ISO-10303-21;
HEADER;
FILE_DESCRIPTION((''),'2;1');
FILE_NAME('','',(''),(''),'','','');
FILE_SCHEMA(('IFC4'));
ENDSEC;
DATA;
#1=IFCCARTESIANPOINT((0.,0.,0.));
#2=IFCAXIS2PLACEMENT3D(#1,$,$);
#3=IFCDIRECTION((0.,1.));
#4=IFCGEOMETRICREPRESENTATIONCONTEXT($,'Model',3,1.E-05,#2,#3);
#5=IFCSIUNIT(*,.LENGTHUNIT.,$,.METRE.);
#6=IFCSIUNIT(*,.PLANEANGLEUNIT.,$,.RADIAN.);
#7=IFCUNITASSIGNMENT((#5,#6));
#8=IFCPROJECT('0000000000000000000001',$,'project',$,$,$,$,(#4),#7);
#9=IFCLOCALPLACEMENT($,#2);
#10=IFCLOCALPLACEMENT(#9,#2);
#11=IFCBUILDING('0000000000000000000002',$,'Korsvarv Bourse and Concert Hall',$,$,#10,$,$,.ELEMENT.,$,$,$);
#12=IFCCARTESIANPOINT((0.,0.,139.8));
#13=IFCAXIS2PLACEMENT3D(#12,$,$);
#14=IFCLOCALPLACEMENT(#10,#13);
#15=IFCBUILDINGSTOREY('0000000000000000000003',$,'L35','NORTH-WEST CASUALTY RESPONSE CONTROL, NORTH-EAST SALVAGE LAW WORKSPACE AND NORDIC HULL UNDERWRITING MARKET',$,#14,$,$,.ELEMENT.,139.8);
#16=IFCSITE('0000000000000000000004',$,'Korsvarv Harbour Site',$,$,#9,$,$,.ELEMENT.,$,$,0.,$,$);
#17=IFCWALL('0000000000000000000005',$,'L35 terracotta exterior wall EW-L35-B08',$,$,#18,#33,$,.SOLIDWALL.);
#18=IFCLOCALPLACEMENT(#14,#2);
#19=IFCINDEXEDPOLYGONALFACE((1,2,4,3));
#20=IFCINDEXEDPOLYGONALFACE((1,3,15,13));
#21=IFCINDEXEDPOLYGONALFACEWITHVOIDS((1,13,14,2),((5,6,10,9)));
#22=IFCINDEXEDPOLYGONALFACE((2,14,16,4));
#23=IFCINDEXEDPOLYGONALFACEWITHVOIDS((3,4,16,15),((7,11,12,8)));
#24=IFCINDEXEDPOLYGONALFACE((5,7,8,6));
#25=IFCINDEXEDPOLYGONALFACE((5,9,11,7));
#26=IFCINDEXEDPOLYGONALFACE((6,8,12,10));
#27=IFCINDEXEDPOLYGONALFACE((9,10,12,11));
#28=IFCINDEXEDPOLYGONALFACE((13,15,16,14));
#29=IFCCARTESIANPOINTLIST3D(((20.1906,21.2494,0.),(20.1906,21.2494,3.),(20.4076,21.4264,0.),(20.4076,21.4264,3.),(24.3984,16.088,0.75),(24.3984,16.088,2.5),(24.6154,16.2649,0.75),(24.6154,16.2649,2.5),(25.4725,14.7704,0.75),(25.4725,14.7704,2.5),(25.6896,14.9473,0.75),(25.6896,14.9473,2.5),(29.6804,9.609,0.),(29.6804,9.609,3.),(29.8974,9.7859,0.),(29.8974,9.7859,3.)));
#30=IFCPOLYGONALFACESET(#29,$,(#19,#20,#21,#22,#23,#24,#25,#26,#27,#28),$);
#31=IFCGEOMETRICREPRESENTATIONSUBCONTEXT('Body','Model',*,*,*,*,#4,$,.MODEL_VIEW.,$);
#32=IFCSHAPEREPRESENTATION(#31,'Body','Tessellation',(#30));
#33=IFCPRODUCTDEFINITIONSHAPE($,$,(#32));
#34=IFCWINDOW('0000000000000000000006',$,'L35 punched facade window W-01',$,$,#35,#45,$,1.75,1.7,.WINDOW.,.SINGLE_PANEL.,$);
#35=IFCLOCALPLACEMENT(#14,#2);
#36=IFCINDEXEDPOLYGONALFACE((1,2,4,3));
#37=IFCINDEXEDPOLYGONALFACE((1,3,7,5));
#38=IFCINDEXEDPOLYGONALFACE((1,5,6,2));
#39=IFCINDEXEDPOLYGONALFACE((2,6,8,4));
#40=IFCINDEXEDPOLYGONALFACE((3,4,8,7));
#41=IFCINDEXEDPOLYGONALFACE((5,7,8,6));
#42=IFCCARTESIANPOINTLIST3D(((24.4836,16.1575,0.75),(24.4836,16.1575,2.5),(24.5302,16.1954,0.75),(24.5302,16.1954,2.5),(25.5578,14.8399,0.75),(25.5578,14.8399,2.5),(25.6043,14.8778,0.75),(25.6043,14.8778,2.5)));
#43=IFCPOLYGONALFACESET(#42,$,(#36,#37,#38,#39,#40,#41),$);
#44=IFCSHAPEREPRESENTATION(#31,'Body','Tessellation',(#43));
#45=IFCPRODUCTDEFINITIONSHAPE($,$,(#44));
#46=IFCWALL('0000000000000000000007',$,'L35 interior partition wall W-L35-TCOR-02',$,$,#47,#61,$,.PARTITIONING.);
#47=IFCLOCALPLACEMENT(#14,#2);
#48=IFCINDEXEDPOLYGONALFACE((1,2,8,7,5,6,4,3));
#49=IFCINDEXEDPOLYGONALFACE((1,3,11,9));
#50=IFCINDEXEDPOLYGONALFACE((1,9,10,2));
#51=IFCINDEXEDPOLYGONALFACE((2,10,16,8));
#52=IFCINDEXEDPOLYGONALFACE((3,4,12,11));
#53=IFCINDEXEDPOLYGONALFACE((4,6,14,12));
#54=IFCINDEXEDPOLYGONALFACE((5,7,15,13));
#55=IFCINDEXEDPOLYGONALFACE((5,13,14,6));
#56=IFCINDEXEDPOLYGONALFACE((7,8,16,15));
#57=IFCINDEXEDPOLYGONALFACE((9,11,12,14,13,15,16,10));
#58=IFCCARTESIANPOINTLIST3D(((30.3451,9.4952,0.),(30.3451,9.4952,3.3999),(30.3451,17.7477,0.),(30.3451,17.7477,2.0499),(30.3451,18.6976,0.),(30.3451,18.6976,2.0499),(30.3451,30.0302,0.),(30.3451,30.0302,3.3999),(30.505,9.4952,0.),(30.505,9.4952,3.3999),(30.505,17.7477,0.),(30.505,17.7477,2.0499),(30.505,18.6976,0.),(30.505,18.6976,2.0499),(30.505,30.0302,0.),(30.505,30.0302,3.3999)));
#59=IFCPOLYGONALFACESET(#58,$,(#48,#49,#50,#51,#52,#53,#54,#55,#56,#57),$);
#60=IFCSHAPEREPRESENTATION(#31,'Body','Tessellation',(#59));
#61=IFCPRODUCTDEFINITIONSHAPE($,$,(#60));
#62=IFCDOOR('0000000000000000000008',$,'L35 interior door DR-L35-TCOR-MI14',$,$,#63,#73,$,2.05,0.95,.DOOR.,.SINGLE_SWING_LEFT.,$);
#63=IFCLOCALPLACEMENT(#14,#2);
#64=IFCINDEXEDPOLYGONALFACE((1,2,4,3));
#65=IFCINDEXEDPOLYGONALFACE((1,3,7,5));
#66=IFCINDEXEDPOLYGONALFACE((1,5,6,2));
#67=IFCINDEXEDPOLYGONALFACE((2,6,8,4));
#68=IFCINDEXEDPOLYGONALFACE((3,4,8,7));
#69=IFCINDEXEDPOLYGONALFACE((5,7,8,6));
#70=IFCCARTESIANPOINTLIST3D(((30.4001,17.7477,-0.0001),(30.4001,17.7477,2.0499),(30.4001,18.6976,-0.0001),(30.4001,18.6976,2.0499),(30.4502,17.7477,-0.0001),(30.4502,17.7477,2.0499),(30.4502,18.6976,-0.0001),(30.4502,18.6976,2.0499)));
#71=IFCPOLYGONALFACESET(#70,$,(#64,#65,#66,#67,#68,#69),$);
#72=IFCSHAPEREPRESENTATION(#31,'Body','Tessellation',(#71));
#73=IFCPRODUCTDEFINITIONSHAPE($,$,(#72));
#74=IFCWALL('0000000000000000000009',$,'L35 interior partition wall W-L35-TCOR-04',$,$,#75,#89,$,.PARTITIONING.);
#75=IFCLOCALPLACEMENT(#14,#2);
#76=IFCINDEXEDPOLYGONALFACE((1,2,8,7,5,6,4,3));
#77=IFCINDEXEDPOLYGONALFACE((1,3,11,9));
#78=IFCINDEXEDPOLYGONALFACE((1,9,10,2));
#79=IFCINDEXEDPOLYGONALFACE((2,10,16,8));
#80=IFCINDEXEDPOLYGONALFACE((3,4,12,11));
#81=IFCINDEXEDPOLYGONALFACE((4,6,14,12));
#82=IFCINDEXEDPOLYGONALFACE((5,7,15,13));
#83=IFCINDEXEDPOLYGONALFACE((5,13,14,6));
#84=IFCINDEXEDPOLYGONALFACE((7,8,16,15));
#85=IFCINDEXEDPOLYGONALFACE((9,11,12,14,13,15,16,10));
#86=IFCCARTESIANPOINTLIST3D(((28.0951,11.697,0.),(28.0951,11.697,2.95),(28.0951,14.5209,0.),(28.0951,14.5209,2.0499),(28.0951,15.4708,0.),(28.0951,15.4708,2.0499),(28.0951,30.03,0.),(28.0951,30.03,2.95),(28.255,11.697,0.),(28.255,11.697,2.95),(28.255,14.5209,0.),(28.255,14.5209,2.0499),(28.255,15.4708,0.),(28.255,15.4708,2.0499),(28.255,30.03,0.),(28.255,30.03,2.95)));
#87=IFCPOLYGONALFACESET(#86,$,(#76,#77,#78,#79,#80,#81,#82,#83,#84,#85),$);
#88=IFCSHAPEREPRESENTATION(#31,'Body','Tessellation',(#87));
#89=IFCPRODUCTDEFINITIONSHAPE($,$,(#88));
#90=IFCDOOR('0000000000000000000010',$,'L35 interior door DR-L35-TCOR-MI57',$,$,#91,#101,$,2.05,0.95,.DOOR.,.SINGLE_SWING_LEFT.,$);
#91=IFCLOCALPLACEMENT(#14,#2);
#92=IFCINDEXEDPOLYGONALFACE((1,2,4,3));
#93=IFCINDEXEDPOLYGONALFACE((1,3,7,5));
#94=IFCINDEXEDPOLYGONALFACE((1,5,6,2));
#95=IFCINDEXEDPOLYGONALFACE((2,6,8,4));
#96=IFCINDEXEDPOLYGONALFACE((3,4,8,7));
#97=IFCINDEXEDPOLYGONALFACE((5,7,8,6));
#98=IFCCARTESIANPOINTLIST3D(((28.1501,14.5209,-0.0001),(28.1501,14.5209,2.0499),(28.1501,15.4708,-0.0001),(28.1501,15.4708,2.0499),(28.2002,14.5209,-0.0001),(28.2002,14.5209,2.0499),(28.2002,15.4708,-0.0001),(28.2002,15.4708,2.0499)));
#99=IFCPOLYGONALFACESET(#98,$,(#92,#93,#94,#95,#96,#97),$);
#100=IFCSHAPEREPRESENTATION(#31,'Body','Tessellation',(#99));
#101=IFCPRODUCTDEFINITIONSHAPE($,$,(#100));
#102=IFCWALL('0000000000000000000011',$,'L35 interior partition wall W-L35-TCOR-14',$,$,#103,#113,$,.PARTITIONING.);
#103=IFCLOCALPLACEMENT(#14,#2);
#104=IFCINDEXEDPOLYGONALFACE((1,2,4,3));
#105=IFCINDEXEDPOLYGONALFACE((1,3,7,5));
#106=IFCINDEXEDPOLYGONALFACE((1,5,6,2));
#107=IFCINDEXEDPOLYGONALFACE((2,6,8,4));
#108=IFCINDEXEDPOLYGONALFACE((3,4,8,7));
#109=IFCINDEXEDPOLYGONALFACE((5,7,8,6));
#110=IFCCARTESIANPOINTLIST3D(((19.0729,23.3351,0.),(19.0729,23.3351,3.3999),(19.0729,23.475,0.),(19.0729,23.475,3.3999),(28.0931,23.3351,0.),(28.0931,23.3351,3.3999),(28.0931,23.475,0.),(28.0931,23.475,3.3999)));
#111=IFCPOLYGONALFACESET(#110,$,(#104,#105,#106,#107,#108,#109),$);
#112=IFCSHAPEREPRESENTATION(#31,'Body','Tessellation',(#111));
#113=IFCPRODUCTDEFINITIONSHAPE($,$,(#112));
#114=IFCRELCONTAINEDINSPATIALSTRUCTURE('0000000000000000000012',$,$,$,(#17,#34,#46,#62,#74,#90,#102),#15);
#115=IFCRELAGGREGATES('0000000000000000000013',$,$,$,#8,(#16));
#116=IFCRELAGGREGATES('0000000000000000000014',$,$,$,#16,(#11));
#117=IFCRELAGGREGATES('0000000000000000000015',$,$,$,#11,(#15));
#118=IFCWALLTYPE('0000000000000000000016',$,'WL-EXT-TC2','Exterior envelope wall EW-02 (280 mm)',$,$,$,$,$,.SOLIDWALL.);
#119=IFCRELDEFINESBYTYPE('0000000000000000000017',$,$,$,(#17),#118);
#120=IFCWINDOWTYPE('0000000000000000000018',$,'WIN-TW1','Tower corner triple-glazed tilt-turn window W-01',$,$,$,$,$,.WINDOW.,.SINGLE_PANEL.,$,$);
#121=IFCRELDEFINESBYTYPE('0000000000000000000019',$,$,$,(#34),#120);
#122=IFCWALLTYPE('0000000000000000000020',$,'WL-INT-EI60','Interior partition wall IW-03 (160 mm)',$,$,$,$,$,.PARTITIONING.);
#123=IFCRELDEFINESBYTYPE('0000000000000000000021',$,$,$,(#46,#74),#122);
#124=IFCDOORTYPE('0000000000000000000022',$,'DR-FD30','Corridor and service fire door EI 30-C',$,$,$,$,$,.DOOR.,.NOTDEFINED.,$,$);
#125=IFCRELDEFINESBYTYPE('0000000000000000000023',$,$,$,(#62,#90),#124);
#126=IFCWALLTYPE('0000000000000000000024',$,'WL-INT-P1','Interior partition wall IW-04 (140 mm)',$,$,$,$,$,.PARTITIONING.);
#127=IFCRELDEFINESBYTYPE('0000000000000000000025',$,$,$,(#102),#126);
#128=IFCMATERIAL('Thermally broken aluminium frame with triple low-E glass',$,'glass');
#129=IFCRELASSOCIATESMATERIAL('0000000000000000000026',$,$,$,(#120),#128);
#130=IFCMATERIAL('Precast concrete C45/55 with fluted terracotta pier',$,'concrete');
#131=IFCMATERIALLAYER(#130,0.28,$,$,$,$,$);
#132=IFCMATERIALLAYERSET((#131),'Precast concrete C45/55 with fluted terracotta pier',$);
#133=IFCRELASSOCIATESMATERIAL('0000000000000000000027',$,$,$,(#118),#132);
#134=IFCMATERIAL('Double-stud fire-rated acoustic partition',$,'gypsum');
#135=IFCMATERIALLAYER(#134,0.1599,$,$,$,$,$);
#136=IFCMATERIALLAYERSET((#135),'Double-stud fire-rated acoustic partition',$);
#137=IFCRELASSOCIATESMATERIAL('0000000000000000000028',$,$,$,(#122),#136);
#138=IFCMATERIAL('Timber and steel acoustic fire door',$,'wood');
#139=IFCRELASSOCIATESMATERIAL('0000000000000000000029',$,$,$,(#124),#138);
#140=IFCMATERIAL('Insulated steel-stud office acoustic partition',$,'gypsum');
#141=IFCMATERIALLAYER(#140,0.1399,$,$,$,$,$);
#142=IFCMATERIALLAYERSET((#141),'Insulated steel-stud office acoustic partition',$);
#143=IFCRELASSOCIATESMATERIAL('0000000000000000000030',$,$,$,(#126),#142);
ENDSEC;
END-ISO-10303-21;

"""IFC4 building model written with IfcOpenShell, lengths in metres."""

from ifc_helpers import new_model, si_unit, direction, frame, frame_2d, origin, place, context, subcontext, project, spatial, rectangle, extrude, material, layer, layer_set, type_object, element, fill, save


model = new_model("IFC4")

# Units and contexts
model_context = context("Model", 3, precision=1e-05, world=origin(), true_north=direction((0.0, 1.0)))
body_context = subcontext(model_context, "Body", "Model", "MODEL_VIEW")
ifc_project = project(units=[si_unit("LENGTHUNIT", "METRE"), si_unit("PLANEANGLEUNIT", "RADIAN")], contexts=[model_context])

# Site, building, storey
site_placement = place(None, origin())
site = spatial("IfcSite", under=ifc_project, at=site_placement, Name="Korsvarv Harbour Site", CompositionType="ELEMENT", RefElevation=0.0)
building_placement = place(site_placement, origin())
building = spatial("IfcBuilding", under=site, at=building_placement, Name="Korsvarv Bourse and Concert Hall", CompositionType="ELEMENT")
storey_placement = place(building_placement, frame((0.0, 0.0, 139.8)))
storey = spatial("IfcBuildingStorey", under=building, at=storey_placement, Name="L35", Description="NORTH-WEST CASUALTY RESPONSE CONTROL, NORTH-EAST SALVAGE LAW WORKSPACE AND NORDIC HULL UNDERWRITING MARKET", CompositionType="ELEMENT", Elevation=139.8)

# Wall, opening, window
ifc_material_1 = material(Name="Thermally broken aluminium frame with triple low-E glass", Category="glass")
window_type = type_object("IfcWindowType", Name="WIN-TW1", Description="Tower corner triple-glazed tilt-turn window W-01", PartitioningType="SINGLE_PANEL", PredefinedType="WINDOW", material=ifc_material_1)
ifc_material_2 = material(Name="Precast concrete C45/55 with fluted terracotta pier", Category="concrete")
ifc_layer_1 = layer(ifc_material_2, 0.28)
ifc_layer_set_1 = layer_set([ifc_layer_1], Name="Precast concrete C45/55 with fluted terracotta pier")
wall_type_1 = type_object("IfcWallType", Name="WL-EXT-TC2", Description="Exterior envelope wall EW-02 (280 mm)", PredefinedType="SOLIDWALL", material=ifc_layer_set_1)
wall_1_placement = place(storey_placement, frame((20.2991, 21.3379, 0.0), z_axis=(0.0, 0.0, 1.0), x_axis=(0.631873, -0.775072, 0.0)))
wall_1 = element("IfcWall", 1, at=wall_1_placement, inside=storey, type_object=wall_type_1, Name="L35 terracotta exterior wall EW-L35-B08", PredefinedType="SOLIDWALL", context=body_context, shape_type="SweptSolid", body=[
    extrude(rectangle(XDim=15.0186, YDim=0.28, at=frame_2d((7.5093, 0.0))), origin(), (0.0, 0.0, 1.0), 3.0),
])
opening_1_placement = place(wall_1_placement, frame((6.6592, 0.0, 0.75)))
opening_1 = element("IfcOpeningElement", 2, at=opening_1_placement, cuts=wall_1, PredefinedType="OPENING", context=body_context, shape_type="SweptSolid", body=[
    extrude(rectangle(XDim=1.7, YDim=1.75, at=frame_2d((0.8501, 0.875))), frame((0.0, 0.1499, 0.0), z_axis=(0.0, -1.0, 0.0), x_axis=(1.0, 0.0, 0.0)), (0.0, 0.0, 1.0), 0.3),
])
window_1_placement = place(opening_1_placement, origin())
window_1 = element("IfcWindow", 3, at=window_1_placement, inside=storey, type_object=window_type, Name="L35 punched facade window W-01", OverallHeight=1.75, OverallWidth=1.7, PartitioningType="SINGLE_PANEL", PredefinedType="WINDOW", context=body_context, shape_type="SweptSolid", body=[
    extrude(rectangle(XDim=1.7, YDim=1.75, at=frame_2d((0.8501, 0.875))), frame((0.0, 0.03, 0.0), z_axis=(0.0, -1.0, 0.0), x_axis=(1.0, 0.0, 0.0)), (0.0, 0.0, 1.0), 0.0601),
])
fill(opening_1, window_1)

# Walls, openings, doors
ifc_material_3 = material(Name="Double-stud fire-rated acoustic partition", Category="gypsum")
ifc_layer_2 = layer(ifc_material_3, 0.1599)
ifc_layer_set_2 = layer_set([ifc_layer_2], Name="Double-stud fire-rated acoustic partition")
wall_type_2 = type_object("IfcWallType", Name="WL-INT-EI60", Description="Interior partition wall IW-03 (160 mm)", PredefinedType="PARTITIONING", material=ifc_layer_set_2)
wall_2_placement = place(storey_placement, frame((30.425, 9.4951, 0.0), z_axis=(0.0, 0.0, 1.0), x_axis=(0.0, 1.0, 0.0)))
wall_2 = element("IfcWall", 4, at=wall_2_placement, inside=storey, type_object=wall_type_2, Name="L35 interior partition wall W-L35-TCOR-02", PredefinedType="PARTITIONING", context=body_context, shape_type="SweptSolid", body=[
    extrude(rectangle(XDim=20.5349, YDim=0.1599, at=frame_2d((10.2676, 0.0))), origin(), (0.0, 0.0, 1.0), 3.3999),
])
opening_2_placement = place(wall_2_placement, frame((8.2524, 0.0, 0.0)))
opening_2 = element("IfcOpeningElement", 5, at=opening_2_placement, cuts=wall_2, PredefinedType="OPENING", context=body_context, shape_type="SweptSolid", body=[
    extrude(rectangle(XDim=0.95, YDim=2.05, at=frame_2d((0.4751, 1.0249))), frame((0.0, 0.0898, 0.0), z_axis=(0.0, -1.0, 0.0), x_axis=(1.0, 0.0, 0.0)), (0.0, 0.0, 1.0), 0.1799),
])
ifc_material_4 = material(Name="Timber and steel acoustic fire door", Category="wood")
door_type = type_object("IfcDoorType", Name="DR-FD30", Description="Corridor and service fire door EI 30-C", OperationType="NOTDEFINED", PredefinedType="DOOR", material=ifc_material_4)
door_1_placement = place(opening_2_placement, origin())
door_1 = element("IfcDoor", 6, at=door_1_placement, inside=storey, type_object=door_type, Name="L35 interior door DR-L35-TCOR-MI14", OperationType="SINGLE_SWING_LEFT", OverallHeight=2.05, OverallWidth=0.95, PredefinedType="DOOR", context=body_context, shape_type="SweptSolid", body=[
    extrude(rectangle(XDim=0.95, YDim=2.05, at=frame_2d((0.4751, 1.0249))), frame((0.0, 0.0249, 0.0), z_axis=(0.0, -1.0, 0.0), x_axis=(1.0, 0.0, 0.0)), (0.0, 0.0, 1.0), 0.05),
])
fill(opening_2, door_1)
wall_3_placement = place(storey_placement, frame((28.175, 11.697, 0.0), z_axis=(0.0, 0.0, 1.0), x_axis=(0.0, 1.0, 0.0)))
wall_3 = element("IfcWall", 7, at=wall_3_placement, inside=storey, type_object=wall_type_2, Name="L35 interior partition wall W-L35-TCOR-04", PredefinedType="PARTITIONING", context=body_context, shape_type="SweptSolid", body=[
    extrude(rectangle(XDim=18.333, YDim=0.1599, at=frame_2d((9.1665, 0.0))), origin(), (0.0, 0.0, 1.0), 2.95),
])
opening_3_placement = place(wall_3_placement, frame((2.8237, 0.0, 0.0)))
opening_3 = element("IfcOpeningElement", 8, at=opening_3_placement, cuts=wall_3, PredefinedType="OPENING", context=body_context, shape_type="SweptSolid", body=[
    extrude(rectangle(XDim=0.95, YDim=2.05, at=frame_2d((0.4751, 1.0249))), frame((0.0, 0.0898, 0.0), z_axis=(0.0, -1.0, 0.0), x_axis=(1.0, 0.0, 0.0)), (0.0, 0.0, 1.0), 0.1799),
])
door_2_placement = place(opening_3_placement, origin())
door_2 = element("IfcDoor", 9, at=door_2_placement, inside=storey, type_object=door_type, Name="L35 interior door DR-L35-TCOR-MI57", OperationType="SINGLE_SWING_LEFT", OverallHeight=2.05, OverallWidth=0.95, PredefinedType="DOOR", context=body_context, shape_type="SweptSolid", body=[
    extrude(rectangle(XDim=0.95, YDim=2.05, at=frame_2d((0.4751, 1.0249))), frame((0.0, 0.0249, 0.0), z_axis=(0.0, -1.0, 0.0), x_axis=(1.0, 0.0, 0.0)), (0.0, 0.0, 1.0), 0.05),
])
fill(opening_3, door_2)

# Wall
ifc_material_5 = material(Name="Insulated steel-stud office acoustic partition", Category="gypsum")
ifc_layer_3 = layer(ifc_material_5, 0.1399)
ifc_layer_set_3 = layer_set([ifc_layer_3], Name="Insulated steel-stud office acoustic partition")
wall_type_3 = type_object("IfcWallType", Name="WL-INT-P1", Description="Interior partition wall IW-04 (140 mm)", PredefinedType="PARTITIONING", material=ifc_layer_set_3)
wall_4_placement = place(storey_placement, frame((19.0728, 23.405, 0.0), z_axis=(0.0, 0.0, 1.0), x_axis=(1.0, 0.0, 0.0)))
element("IfcWall", 10, at=wall_4_placement, inside=storey, type_object=wall_type_3, Name="L35 interior partition wall W-L35-TCOR-14", PredefinedType="PARTITIONING", context=body_context, shape_type="SweptSolid", body=[
    extrude(rectangle(XDim=9.0203, YDim=0.1399, at=frame_2d((4.5103, 0.0))), origin(), (0.0, 0.0, 1.0), 3.3999),
])

save(model, "model.ifc")
